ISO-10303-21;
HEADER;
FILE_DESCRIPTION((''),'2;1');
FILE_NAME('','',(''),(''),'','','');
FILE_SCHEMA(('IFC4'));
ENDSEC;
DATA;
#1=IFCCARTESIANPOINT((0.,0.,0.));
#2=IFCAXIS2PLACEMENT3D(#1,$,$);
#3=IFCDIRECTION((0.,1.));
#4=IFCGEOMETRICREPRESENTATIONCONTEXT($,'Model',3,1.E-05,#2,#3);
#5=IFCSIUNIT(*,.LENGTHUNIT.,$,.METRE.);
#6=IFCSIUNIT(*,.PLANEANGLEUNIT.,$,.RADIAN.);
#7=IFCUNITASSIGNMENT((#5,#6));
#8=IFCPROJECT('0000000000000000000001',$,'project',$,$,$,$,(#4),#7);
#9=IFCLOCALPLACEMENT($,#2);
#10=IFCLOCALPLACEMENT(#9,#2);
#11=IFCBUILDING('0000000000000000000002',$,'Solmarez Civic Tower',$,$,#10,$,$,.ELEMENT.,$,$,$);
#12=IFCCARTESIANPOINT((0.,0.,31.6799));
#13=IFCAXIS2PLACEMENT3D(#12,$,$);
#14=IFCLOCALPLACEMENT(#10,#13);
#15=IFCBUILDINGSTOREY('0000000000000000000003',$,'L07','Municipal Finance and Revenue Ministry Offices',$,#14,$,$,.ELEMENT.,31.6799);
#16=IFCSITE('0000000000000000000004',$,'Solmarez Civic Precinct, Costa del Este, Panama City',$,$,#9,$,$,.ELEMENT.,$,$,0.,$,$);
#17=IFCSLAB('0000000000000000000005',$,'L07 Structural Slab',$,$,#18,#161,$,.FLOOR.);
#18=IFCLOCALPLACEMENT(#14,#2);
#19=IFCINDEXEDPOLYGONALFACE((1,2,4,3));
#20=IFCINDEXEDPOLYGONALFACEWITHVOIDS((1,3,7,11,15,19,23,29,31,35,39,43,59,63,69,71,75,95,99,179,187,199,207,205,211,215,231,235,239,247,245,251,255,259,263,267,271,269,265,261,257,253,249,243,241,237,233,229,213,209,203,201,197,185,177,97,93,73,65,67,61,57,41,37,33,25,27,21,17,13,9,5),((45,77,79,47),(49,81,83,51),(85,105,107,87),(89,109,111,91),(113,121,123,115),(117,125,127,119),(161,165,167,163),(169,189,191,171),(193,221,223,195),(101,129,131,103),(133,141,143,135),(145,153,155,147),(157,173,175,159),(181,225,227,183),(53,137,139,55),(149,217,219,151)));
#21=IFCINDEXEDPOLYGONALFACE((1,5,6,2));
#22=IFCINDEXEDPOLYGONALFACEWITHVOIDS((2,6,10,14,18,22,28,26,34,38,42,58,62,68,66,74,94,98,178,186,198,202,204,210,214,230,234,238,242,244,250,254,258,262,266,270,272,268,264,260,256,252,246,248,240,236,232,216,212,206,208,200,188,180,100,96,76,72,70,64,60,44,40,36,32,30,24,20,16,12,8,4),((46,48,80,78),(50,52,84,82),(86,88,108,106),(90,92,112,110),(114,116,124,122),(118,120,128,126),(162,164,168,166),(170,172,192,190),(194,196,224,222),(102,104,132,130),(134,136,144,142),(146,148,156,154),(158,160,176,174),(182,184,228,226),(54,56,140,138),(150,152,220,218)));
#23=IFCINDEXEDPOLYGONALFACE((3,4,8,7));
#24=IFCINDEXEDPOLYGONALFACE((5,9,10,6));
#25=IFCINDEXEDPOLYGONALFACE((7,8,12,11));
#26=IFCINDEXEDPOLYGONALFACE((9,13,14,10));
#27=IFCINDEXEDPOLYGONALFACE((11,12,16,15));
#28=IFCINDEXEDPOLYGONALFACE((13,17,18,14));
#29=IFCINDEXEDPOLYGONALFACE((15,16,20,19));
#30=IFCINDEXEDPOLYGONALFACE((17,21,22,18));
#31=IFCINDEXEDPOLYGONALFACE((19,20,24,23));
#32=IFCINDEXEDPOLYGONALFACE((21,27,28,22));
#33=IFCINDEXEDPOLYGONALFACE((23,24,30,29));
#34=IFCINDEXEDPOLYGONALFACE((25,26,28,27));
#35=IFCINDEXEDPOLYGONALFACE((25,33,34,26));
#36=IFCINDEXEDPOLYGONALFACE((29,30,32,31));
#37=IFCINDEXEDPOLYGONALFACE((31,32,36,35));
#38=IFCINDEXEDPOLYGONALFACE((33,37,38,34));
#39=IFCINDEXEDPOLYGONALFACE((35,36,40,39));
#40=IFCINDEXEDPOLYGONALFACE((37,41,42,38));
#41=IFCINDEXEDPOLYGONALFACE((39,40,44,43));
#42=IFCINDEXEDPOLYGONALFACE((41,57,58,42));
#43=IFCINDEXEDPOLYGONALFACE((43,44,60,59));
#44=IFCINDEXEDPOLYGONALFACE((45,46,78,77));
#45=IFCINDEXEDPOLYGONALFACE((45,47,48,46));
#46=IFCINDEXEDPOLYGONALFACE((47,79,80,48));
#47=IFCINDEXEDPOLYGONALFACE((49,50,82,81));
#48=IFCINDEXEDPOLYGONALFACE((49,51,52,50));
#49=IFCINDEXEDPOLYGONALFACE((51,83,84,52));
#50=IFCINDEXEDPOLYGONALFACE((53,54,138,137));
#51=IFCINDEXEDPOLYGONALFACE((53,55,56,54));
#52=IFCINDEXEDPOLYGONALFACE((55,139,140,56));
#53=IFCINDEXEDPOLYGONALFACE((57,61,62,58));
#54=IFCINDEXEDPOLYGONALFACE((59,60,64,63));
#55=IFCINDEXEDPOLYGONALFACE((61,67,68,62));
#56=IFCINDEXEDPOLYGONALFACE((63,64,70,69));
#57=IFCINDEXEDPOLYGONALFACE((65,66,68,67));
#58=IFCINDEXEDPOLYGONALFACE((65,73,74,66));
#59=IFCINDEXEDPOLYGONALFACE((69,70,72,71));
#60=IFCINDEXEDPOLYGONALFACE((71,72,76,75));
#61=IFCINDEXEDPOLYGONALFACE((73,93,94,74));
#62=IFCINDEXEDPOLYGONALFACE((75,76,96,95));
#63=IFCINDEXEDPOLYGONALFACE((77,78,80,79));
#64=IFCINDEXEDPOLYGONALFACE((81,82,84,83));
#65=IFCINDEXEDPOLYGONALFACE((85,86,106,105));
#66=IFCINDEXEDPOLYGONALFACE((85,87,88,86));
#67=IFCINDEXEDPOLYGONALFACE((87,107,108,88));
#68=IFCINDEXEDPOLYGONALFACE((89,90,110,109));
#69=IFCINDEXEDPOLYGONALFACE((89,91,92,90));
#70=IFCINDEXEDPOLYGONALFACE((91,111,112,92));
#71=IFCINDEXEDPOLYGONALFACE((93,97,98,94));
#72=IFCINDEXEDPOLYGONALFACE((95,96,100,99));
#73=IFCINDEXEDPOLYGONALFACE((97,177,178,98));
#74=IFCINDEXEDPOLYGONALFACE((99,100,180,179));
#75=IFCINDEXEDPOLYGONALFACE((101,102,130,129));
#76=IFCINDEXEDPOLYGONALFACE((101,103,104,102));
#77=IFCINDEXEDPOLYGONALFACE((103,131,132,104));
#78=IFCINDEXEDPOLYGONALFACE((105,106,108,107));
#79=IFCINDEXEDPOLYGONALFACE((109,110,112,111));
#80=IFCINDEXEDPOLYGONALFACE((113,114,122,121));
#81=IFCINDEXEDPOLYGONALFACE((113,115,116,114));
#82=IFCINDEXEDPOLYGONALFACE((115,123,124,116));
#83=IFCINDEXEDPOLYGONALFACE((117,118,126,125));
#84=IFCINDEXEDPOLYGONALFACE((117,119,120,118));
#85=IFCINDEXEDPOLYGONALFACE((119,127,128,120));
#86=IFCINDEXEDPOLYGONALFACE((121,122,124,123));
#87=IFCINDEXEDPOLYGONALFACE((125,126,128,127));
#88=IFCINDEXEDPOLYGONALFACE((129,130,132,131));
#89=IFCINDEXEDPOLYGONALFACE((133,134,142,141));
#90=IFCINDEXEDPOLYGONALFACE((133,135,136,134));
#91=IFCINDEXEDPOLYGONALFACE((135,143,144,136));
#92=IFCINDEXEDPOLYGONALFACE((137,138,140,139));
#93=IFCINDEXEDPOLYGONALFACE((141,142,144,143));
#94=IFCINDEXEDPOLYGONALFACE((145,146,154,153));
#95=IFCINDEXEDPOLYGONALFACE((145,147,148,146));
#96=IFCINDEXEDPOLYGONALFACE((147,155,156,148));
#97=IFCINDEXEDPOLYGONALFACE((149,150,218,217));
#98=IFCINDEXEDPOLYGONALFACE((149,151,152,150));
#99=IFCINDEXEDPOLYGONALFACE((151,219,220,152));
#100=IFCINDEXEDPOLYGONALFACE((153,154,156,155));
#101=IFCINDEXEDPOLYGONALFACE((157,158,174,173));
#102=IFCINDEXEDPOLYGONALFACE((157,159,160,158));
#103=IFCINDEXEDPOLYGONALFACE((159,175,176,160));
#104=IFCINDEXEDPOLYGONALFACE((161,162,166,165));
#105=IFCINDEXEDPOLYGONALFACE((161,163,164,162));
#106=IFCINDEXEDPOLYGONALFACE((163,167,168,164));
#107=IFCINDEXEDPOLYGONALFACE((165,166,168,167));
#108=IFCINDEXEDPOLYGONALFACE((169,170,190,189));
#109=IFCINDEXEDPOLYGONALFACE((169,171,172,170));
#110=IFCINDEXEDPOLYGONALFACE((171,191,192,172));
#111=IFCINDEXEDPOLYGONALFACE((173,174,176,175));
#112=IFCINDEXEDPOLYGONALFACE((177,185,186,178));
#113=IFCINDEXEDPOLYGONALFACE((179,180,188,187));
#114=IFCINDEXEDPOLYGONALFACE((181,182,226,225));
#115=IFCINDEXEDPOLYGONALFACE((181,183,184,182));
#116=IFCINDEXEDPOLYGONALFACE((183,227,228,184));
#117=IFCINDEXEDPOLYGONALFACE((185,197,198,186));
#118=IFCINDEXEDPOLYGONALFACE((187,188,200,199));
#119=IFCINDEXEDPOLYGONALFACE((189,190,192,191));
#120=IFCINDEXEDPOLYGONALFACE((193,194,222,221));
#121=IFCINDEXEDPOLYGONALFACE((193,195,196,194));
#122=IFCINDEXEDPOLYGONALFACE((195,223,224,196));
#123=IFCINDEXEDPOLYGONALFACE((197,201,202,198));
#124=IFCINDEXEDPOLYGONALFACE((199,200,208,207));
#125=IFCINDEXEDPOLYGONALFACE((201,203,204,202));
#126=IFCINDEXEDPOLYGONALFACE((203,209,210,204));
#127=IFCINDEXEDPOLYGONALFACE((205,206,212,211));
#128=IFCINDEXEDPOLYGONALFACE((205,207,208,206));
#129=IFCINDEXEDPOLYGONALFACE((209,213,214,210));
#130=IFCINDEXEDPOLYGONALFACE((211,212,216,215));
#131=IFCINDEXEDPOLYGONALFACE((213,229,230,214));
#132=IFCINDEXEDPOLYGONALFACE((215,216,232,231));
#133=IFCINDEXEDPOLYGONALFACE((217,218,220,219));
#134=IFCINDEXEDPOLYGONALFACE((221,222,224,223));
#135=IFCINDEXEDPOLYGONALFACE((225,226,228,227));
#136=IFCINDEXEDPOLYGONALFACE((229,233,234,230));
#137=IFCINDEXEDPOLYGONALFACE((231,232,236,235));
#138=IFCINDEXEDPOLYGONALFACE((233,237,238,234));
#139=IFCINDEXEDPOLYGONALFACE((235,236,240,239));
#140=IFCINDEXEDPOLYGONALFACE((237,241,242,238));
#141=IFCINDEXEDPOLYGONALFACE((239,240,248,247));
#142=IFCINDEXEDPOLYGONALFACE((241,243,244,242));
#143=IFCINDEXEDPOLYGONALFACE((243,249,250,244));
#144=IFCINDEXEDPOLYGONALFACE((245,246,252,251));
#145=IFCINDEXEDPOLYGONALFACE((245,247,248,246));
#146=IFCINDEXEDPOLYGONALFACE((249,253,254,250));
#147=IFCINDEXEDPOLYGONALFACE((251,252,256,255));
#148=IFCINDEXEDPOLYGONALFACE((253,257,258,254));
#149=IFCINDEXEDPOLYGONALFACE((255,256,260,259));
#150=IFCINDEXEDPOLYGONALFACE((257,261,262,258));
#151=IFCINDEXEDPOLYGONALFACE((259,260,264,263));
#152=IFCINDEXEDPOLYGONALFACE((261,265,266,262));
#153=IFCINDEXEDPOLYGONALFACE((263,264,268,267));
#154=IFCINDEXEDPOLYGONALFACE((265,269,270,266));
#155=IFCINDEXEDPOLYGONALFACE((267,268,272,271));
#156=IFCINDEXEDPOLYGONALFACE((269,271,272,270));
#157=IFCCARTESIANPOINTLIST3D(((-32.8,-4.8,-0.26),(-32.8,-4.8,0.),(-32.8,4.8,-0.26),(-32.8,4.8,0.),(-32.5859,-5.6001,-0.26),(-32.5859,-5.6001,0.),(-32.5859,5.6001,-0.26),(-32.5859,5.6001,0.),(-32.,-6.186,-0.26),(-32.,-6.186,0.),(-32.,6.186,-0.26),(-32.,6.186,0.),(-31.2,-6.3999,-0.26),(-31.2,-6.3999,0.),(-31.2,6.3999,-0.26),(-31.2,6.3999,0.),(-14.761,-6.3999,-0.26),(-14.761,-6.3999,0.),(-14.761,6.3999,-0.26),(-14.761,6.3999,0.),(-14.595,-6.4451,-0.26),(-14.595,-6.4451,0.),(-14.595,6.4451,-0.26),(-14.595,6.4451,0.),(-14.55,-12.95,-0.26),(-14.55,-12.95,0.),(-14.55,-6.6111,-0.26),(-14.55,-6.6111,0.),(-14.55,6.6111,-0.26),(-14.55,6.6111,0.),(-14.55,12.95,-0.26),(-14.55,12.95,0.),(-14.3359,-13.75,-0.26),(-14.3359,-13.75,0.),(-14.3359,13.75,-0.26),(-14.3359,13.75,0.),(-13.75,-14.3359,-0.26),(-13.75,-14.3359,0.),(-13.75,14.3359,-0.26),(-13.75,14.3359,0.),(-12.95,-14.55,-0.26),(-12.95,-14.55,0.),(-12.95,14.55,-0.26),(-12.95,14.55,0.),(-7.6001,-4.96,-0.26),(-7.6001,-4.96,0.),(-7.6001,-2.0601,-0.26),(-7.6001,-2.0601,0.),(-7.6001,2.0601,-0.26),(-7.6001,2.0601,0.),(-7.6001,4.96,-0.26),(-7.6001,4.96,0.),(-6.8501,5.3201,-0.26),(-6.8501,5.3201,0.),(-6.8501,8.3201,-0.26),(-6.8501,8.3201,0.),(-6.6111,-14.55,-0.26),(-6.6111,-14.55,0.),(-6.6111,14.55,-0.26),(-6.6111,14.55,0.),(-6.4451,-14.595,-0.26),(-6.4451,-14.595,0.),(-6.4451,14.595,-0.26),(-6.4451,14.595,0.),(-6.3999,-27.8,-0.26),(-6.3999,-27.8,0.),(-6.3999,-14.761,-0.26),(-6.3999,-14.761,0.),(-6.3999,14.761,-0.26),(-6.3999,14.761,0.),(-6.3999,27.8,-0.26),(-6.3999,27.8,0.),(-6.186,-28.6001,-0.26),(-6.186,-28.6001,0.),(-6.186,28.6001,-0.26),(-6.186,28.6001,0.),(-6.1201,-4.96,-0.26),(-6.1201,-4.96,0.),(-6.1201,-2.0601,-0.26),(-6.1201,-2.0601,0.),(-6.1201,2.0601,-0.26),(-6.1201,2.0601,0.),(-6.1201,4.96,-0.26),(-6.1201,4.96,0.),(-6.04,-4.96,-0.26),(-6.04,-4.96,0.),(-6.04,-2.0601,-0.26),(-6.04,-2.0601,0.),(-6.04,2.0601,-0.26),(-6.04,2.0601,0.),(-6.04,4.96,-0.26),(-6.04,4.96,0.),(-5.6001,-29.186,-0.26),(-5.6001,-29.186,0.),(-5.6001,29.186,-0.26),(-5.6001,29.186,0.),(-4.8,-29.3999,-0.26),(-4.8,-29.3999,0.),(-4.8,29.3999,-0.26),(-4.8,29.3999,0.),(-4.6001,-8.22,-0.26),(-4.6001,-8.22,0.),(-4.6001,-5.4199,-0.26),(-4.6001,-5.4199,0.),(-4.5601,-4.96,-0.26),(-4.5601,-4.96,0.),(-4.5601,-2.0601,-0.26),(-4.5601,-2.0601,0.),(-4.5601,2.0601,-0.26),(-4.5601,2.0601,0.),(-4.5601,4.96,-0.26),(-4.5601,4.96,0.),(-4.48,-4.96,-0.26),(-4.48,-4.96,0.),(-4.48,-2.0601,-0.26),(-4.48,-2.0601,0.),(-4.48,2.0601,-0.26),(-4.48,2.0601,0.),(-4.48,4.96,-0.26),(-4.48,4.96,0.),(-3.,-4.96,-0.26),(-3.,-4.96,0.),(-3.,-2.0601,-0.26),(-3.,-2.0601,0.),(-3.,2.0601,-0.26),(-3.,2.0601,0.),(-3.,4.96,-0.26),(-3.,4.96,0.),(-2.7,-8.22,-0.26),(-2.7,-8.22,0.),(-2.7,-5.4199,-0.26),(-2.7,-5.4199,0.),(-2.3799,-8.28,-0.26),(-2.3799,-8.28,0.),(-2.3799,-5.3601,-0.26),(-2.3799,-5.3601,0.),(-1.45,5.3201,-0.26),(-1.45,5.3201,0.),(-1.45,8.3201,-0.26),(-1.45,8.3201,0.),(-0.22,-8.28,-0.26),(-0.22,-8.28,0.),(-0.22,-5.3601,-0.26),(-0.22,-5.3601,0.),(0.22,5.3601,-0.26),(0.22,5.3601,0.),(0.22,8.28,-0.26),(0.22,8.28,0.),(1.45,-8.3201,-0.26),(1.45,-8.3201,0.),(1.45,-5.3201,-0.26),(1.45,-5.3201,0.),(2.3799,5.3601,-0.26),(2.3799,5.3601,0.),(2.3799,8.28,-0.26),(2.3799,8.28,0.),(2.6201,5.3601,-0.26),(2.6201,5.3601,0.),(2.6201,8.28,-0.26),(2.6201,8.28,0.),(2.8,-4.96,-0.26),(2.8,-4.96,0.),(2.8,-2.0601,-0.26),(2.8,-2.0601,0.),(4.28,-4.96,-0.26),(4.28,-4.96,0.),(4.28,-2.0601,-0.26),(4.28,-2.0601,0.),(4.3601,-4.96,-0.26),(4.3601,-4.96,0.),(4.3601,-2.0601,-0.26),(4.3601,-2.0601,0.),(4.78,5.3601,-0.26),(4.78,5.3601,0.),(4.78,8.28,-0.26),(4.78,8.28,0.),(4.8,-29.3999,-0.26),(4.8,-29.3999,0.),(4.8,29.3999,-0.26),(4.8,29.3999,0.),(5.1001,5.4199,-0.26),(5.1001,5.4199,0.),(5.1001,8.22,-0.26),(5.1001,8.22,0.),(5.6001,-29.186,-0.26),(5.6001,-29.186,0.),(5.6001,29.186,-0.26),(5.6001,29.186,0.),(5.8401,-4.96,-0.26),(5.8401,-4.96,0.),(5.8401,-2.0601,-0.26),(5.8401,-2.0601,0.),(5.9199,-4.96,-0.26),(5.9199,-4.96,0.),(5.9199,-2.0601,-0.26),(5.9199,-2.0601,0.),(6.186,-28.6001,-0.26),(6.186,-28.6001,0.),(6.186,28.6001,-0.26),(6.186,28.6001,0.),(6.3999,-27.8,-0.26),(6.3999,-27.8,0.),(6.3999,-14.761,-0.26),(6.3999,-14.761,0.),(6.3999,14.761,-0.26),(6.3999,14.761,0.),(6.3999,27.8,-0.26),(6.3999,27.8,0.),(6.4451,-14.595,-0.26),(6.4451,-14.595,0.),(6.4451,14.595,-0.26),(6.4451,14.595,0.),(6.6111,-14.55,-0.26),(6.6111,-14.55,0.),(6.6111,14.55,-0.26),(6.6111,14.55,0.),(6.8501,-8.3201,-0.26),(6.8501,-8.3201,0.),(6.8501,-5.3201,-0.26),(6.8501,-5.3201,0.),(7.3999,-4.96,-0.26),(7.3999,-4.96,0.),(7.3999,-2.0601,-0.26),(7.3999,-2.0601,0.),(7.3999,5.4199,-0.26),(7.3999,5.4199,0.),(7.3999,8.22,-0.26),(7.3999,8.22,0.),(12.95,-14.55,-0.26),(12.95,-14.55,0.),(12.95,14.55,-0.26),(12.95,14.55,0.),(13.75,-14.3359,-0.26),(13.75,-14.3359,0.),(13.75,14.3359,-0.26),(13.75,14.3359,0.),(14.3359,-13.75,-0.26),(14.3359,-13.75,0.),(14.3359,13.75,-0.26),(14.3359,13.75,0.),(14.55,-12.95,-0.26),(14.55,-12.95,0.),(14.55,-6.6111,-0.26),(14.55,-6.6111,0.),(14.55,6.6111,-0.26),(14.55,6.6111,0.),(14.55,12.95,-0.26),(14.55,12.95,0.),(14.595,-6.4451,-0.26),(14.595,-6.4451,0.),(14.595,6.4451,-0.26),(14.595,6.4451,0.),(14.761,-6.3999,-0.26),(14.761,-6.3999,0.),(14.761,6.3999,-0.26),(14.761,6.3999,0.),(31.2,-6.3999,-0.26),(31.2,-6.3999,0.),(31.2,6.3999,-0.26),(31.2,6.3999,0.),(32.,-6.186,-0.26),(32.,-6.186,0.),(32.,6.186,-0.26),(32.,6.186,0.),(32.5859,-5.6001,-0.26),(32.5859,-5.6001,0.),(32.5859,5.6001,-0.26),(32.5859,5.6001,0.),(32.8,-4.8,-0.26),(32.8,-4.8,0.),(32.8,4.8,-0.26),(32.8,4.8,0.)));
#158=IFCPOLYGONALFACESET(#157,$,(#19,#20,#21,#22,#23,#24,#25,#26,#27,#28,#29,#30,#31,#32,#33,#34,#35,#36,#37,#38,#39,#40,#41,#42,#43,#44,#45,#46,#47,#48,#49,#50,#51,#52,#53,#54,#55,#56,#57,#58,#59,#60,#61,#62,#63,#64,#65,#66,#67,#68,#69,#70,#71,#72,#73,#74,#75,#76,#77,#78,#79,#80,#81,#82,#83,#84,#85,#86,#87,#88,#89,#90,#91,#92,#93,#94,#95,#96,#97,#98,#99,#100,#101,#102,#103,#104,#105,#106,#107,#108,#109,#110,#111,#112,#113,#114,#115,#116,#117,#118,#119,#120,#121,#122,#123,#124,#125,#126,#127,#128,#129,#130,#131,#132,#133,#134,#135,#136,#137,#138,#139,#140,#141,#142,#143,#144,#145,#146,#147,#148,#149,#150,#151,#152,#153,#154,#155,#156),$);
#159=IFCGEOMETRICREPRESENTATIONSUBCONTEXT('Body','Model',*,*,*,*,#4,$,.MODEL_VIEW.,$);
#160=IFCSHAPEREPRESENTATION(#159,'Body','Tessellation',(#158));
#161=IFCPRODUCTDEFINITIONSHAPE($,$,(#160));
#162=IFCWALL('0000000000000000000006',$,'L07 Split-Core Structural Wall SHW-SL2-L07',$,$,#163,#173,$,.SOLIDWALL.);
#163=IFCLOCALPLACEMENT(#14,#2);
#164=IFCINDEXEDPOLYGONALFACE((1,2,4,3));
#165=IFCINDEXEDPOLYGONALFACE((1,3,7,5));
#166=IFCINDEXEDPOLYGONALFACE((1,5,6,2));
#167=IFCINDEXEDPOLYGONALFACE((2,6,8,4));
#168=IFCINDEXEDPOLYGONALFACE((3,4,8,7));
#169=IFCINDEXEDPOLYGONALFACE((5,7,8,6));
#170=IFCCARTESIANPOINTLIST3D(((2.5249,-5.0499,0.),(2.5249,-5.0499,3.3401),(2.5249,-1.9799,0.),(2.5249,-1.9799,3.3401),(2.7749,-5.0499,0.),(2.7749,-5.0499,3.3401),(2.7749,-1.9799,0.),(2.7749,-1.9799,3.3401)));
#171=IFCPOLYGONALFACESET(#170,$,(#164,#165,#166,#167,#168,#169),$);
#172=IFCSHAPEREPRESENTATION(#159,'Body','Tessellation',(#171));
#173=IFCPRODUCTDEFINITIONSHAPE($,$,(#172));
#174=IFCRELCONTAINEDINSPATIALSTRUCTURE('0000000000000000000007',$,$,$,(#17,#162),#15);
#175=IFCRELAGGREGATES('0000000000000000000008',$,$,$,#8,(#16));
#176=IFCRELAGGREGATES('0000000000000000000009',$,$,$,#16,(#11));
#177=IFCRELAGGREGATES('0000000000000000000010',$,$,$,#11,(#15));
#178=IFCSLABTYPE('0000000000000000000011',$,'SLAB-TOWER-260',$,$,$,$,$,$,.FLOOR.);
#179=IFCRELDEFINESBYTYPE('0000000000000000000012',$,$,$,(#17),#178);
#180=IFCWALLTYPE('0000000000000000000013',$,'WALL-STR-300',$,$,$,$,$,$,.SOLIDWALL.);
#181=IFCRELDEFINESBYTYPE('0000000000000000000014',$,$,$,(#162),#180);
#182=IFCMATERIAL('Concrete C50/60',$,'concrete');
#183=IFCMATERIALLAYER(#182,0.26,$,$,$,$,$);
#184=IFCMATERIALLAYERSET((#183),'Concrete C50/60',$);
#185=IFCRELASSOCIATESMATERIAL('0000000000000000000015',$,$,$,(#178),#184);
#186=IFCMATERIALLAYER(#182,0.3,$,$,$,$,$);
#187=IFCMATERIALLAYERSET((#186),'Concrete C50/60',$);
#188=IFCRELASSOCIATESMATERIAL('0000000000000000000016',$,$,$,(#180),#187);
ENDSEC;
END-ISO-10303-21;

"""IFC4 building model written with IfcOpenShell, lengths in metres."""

from ifc_helpers import new_model, si_unit, direction, frame, frame_2d, origin, place, context, subcontext, project, spatial, polyline, rectangle, outline, extrude, material, layer, layer_set, type_object, element, save


model = new_model("IFC4")

# Units and contexts
model_context = context("Model", 3, precision=1e-05, world=origin(), true_north=direction((0.0, 1.0)))
body_context = subcontext(model_context, "Body", "Model", "MODEL_VIEW")
ifc_project = project(units=[si_unit("LENGTHUNIT", "METRE"), si_unit("PLANEANGLEUNIT", "RADIAN")], contexts=[model_context])

# Site, building, storey
site_placement = place(None, origin())
site = spatial("IfcSite", under=ifc_project, at=site_placement, Name="Solmarez Civic Precinct, Costa del Este, Panama City", CompositionType="ELEMENT", RefElevation=0.0)
building_placement = place(site_placement, origin())
building = spatial("IfcBuilding", under=site, at=building_placement, Name="Solmarez Civic Tower", CompositionType="ELEMENT")
storey_placement = place(building_placement, frame((0.0, 0.0, 31.6799)))
storey = spatial("IfcBuildingStorey", under=building, at=storey_placement, Name="L07", Description="Municipal Finance and Revenue Ministry Offices", CompositionType="ELEMENT", Elevation=31.6799)

# Shared definitions
ifc_material_1 = material(Name="Concrete C50/60", Category="concrete")

# Slab
ifc_layer_1 = layer(ifc_material_1, 0.26)
ifc_layer_set_1 = layer_set([ifc_layer_1], Name="Concrete C50/60")
slab_type_1 = type_object("IfcSlabType", Name="SLAB-TOWER-260", PredefinedType="FLOOR", material=ifc_layer_set_1)
slab_1_placement = place(storey_placement, frame((0.0, 0.0, -0.26)))
element("IfcSlab", 1, at=slab_1_placement, inside=storey, type_object=slab_type_1, Name="L07 Structural Slab", PredefinedType="FLOOR", context=body_context, shape_type="SweptSolid", body=[
    extrude(outline(polyline([(-14.55, -6.6111), (-14.55, -12.95), (-14.3359, -13.75), (-13.75, -14.3359), (-12.95, -14.55), (-6.6111, -14.55), (-6.4451, -14.595), (-6.3999, -14.761), (-6.3999, -27.8), (-6.186, -28.6001), (-5.6001, -29.186), (-4.8, -29.3999), (4.8, -29.3999), (5.6001, -29.186), (6.186, -28.6001), (6.3999, -27.8), (6.3999, -14.761), (6.4451, -14.595), (6.6111, -14.55), (12.95, -14.55), (13.75, -14.3359), (14.3359, -13.75), (14.55, -12.95), (14.55, -6.6111), (14.595, -6.4451), (14.761, -6.3999), (31.2, -6.3999), (32.0, -6.186), (32.5859, -5.6001), (32.8, -4.8), (32.8, 4.8), (32.5859, 5.6001), (32.0, 6.186), (31.2, 6.3999), (14.761, 6.3999), (14.595, 6.4451), (14.55, 6.6111), (14.55, 12.95), (14.3359, 13.75), (13.75, 14.3359), (12.95, 14.55), (6.6111, 14.55), (6.4451, 14.595), (6.3999, 14.761), (6.3999, 27.8), (6.186, 28.6001), (5.6001, 29.186), (4.8, 29.3999), (-4.8, 29.3999), (-5.6001, 29.186), (-6.186, 28.6001), (-6.3999, 27.8), (-6.3999, 14.761), (-6.4451, 14.595), (-6.6111, 14.55), (-12.95, 14.55), (-13.75, 14.3359), (-14.3359, 13.75), (-14.55, 12.95), (-14.55, 6.6111), (-14.595, 6.4451), (-14.761, 6.3999), (-31.2, 6.3999), (-32.0, 6.186), (-32.5859, 5.6001), (-32.8, 4.8), (-32.8, -4.8), (-32.5859, -5.6001), (-32.0, -6.186), (-31.2, -6.3999), (-14.761, -6.3999), (-14.595, -6.4451), (-14.55, -6.6111)]), holes=[polyline([(-1.45, 8.3201), (-6.8501, 8.3201), (-6.8501, 5.3201), (-1.45, 5.3201), (-1.45, 8.3201)]), polyline([(1.45, -8.3201), (6.8501, -8.3201), (6.8501, -5.3201), (1.45, -5.3201), (1.45, -8.3201)]), polyline([(0.22, 5.3601), (2.3799, 5.3601), (2.3799, 8.28), (0.22, 8.28), (0.22, 5.3601)]), polyline([(2.6201, 5.3601), (4.78, 5.3601), (4.78, 8.28), (2.6201, 8.28), (2.6201, 5.3601)]), polyline([(-2.3799, -8.28), (-0.22, -8.28), (-0.22, -5.3601), (-2.3799, -5.3601), (-2.3799, -8.28)]), polyline([(2.8, -4.96), (4.28, -4.96), (4.28, -2.0601), (2.8, -2.0601), (2.8, -4.96)]), polyline([(4.3601, -4.96), (5.8401, -4.96), (5.8401, -2.0601), (4.3601, -2.0601), (4.3601, -4.96)]), polyline([(5.9199, -4.96), (7.3999, -4.96), (7.3999, -2.0601), (5.9199, -2.0601), (5.9199, -4.96)]), polyline([(-7.6001, -4.96), (-6.1201, -4.96), (-6.1201, -2.0601), (-7.6001, -2.0601), (-7.6001, -4.96)]), polyline([(-6.04, -4.96), (-4.5601, -4.96), (-4.5601, -2.0601), (-6.04, -2.0601), (-6.04, -4.96)]), polyline([(-4.48, -4.96), (-3.0, -4.96), (-3.0, -2.0601), (-4.48, -2.0601), (-4.48, -4.96)]), polyline([(-7.6001, 2.0601), (-6.1201, 2.0601), (-6.1201, 4.96), (-7.6001, 4.96), (-7.6001, 2.0601)]), polyline([(-6.04, 2.0601), (-4.5601, 2.0601), (-4.5601, 4.96), (-6.04, 4.96), (-6.04, 2.0601)]), polyline([(-4.48, 2.0601), (-3.0, 2.0601), (-3.0, 4.96), (-4.48, 4.96), (-4.48, 2.0601)]), polyline([(5.1001, 5.4199), (7.3999, 5.4199), (7.3999, 8.22), (5.1001, 8.22), (5.1001, 5.4199)]), polyline([(-4.6001, -8.22), (-2.7, -8.22), (-2.7, -5.4199), (-4.6001, -5.4199), (-4.6001, -8.22)])]), origin(), (0.0, 0.0, 1.0), 0.26),
])

# Wall
ifc_layer_2 = layer(ifc_material_1, 0.3)
ifc_layer_set_2 = layer_set([ifc_layer_2], Name="Concrete C50/60")
wall_type = type_object("IfcWallType", Name="WALL-STR-300", PredefinedType="SOLIDWALL", material=ifc_layer_set_2)
wall_placement = place(storey_placement, frame((2.6499, -5.05, 0.0), z_axis=(0.0, 0.0, 1.0), x_axis=(0.0, 1.0, 0.0)))
element("IfcWall", 2, at=wall_placement, inside=storey, type_object=wall_type, Name="L07 Split-Core Structural Wall SHW-SL2-L07", PredefinedType="SOLIDWALL", context=body_context, shape_type="SweptSolid", body=[
    extrude(rectangle(XDim=3.0701, YDim=0.25, at=frame_2d((1.5352, 0.0))), origin(), (0.0, 0.0, 1.0), 3.3401),
])

save(model, "model.ifc")
